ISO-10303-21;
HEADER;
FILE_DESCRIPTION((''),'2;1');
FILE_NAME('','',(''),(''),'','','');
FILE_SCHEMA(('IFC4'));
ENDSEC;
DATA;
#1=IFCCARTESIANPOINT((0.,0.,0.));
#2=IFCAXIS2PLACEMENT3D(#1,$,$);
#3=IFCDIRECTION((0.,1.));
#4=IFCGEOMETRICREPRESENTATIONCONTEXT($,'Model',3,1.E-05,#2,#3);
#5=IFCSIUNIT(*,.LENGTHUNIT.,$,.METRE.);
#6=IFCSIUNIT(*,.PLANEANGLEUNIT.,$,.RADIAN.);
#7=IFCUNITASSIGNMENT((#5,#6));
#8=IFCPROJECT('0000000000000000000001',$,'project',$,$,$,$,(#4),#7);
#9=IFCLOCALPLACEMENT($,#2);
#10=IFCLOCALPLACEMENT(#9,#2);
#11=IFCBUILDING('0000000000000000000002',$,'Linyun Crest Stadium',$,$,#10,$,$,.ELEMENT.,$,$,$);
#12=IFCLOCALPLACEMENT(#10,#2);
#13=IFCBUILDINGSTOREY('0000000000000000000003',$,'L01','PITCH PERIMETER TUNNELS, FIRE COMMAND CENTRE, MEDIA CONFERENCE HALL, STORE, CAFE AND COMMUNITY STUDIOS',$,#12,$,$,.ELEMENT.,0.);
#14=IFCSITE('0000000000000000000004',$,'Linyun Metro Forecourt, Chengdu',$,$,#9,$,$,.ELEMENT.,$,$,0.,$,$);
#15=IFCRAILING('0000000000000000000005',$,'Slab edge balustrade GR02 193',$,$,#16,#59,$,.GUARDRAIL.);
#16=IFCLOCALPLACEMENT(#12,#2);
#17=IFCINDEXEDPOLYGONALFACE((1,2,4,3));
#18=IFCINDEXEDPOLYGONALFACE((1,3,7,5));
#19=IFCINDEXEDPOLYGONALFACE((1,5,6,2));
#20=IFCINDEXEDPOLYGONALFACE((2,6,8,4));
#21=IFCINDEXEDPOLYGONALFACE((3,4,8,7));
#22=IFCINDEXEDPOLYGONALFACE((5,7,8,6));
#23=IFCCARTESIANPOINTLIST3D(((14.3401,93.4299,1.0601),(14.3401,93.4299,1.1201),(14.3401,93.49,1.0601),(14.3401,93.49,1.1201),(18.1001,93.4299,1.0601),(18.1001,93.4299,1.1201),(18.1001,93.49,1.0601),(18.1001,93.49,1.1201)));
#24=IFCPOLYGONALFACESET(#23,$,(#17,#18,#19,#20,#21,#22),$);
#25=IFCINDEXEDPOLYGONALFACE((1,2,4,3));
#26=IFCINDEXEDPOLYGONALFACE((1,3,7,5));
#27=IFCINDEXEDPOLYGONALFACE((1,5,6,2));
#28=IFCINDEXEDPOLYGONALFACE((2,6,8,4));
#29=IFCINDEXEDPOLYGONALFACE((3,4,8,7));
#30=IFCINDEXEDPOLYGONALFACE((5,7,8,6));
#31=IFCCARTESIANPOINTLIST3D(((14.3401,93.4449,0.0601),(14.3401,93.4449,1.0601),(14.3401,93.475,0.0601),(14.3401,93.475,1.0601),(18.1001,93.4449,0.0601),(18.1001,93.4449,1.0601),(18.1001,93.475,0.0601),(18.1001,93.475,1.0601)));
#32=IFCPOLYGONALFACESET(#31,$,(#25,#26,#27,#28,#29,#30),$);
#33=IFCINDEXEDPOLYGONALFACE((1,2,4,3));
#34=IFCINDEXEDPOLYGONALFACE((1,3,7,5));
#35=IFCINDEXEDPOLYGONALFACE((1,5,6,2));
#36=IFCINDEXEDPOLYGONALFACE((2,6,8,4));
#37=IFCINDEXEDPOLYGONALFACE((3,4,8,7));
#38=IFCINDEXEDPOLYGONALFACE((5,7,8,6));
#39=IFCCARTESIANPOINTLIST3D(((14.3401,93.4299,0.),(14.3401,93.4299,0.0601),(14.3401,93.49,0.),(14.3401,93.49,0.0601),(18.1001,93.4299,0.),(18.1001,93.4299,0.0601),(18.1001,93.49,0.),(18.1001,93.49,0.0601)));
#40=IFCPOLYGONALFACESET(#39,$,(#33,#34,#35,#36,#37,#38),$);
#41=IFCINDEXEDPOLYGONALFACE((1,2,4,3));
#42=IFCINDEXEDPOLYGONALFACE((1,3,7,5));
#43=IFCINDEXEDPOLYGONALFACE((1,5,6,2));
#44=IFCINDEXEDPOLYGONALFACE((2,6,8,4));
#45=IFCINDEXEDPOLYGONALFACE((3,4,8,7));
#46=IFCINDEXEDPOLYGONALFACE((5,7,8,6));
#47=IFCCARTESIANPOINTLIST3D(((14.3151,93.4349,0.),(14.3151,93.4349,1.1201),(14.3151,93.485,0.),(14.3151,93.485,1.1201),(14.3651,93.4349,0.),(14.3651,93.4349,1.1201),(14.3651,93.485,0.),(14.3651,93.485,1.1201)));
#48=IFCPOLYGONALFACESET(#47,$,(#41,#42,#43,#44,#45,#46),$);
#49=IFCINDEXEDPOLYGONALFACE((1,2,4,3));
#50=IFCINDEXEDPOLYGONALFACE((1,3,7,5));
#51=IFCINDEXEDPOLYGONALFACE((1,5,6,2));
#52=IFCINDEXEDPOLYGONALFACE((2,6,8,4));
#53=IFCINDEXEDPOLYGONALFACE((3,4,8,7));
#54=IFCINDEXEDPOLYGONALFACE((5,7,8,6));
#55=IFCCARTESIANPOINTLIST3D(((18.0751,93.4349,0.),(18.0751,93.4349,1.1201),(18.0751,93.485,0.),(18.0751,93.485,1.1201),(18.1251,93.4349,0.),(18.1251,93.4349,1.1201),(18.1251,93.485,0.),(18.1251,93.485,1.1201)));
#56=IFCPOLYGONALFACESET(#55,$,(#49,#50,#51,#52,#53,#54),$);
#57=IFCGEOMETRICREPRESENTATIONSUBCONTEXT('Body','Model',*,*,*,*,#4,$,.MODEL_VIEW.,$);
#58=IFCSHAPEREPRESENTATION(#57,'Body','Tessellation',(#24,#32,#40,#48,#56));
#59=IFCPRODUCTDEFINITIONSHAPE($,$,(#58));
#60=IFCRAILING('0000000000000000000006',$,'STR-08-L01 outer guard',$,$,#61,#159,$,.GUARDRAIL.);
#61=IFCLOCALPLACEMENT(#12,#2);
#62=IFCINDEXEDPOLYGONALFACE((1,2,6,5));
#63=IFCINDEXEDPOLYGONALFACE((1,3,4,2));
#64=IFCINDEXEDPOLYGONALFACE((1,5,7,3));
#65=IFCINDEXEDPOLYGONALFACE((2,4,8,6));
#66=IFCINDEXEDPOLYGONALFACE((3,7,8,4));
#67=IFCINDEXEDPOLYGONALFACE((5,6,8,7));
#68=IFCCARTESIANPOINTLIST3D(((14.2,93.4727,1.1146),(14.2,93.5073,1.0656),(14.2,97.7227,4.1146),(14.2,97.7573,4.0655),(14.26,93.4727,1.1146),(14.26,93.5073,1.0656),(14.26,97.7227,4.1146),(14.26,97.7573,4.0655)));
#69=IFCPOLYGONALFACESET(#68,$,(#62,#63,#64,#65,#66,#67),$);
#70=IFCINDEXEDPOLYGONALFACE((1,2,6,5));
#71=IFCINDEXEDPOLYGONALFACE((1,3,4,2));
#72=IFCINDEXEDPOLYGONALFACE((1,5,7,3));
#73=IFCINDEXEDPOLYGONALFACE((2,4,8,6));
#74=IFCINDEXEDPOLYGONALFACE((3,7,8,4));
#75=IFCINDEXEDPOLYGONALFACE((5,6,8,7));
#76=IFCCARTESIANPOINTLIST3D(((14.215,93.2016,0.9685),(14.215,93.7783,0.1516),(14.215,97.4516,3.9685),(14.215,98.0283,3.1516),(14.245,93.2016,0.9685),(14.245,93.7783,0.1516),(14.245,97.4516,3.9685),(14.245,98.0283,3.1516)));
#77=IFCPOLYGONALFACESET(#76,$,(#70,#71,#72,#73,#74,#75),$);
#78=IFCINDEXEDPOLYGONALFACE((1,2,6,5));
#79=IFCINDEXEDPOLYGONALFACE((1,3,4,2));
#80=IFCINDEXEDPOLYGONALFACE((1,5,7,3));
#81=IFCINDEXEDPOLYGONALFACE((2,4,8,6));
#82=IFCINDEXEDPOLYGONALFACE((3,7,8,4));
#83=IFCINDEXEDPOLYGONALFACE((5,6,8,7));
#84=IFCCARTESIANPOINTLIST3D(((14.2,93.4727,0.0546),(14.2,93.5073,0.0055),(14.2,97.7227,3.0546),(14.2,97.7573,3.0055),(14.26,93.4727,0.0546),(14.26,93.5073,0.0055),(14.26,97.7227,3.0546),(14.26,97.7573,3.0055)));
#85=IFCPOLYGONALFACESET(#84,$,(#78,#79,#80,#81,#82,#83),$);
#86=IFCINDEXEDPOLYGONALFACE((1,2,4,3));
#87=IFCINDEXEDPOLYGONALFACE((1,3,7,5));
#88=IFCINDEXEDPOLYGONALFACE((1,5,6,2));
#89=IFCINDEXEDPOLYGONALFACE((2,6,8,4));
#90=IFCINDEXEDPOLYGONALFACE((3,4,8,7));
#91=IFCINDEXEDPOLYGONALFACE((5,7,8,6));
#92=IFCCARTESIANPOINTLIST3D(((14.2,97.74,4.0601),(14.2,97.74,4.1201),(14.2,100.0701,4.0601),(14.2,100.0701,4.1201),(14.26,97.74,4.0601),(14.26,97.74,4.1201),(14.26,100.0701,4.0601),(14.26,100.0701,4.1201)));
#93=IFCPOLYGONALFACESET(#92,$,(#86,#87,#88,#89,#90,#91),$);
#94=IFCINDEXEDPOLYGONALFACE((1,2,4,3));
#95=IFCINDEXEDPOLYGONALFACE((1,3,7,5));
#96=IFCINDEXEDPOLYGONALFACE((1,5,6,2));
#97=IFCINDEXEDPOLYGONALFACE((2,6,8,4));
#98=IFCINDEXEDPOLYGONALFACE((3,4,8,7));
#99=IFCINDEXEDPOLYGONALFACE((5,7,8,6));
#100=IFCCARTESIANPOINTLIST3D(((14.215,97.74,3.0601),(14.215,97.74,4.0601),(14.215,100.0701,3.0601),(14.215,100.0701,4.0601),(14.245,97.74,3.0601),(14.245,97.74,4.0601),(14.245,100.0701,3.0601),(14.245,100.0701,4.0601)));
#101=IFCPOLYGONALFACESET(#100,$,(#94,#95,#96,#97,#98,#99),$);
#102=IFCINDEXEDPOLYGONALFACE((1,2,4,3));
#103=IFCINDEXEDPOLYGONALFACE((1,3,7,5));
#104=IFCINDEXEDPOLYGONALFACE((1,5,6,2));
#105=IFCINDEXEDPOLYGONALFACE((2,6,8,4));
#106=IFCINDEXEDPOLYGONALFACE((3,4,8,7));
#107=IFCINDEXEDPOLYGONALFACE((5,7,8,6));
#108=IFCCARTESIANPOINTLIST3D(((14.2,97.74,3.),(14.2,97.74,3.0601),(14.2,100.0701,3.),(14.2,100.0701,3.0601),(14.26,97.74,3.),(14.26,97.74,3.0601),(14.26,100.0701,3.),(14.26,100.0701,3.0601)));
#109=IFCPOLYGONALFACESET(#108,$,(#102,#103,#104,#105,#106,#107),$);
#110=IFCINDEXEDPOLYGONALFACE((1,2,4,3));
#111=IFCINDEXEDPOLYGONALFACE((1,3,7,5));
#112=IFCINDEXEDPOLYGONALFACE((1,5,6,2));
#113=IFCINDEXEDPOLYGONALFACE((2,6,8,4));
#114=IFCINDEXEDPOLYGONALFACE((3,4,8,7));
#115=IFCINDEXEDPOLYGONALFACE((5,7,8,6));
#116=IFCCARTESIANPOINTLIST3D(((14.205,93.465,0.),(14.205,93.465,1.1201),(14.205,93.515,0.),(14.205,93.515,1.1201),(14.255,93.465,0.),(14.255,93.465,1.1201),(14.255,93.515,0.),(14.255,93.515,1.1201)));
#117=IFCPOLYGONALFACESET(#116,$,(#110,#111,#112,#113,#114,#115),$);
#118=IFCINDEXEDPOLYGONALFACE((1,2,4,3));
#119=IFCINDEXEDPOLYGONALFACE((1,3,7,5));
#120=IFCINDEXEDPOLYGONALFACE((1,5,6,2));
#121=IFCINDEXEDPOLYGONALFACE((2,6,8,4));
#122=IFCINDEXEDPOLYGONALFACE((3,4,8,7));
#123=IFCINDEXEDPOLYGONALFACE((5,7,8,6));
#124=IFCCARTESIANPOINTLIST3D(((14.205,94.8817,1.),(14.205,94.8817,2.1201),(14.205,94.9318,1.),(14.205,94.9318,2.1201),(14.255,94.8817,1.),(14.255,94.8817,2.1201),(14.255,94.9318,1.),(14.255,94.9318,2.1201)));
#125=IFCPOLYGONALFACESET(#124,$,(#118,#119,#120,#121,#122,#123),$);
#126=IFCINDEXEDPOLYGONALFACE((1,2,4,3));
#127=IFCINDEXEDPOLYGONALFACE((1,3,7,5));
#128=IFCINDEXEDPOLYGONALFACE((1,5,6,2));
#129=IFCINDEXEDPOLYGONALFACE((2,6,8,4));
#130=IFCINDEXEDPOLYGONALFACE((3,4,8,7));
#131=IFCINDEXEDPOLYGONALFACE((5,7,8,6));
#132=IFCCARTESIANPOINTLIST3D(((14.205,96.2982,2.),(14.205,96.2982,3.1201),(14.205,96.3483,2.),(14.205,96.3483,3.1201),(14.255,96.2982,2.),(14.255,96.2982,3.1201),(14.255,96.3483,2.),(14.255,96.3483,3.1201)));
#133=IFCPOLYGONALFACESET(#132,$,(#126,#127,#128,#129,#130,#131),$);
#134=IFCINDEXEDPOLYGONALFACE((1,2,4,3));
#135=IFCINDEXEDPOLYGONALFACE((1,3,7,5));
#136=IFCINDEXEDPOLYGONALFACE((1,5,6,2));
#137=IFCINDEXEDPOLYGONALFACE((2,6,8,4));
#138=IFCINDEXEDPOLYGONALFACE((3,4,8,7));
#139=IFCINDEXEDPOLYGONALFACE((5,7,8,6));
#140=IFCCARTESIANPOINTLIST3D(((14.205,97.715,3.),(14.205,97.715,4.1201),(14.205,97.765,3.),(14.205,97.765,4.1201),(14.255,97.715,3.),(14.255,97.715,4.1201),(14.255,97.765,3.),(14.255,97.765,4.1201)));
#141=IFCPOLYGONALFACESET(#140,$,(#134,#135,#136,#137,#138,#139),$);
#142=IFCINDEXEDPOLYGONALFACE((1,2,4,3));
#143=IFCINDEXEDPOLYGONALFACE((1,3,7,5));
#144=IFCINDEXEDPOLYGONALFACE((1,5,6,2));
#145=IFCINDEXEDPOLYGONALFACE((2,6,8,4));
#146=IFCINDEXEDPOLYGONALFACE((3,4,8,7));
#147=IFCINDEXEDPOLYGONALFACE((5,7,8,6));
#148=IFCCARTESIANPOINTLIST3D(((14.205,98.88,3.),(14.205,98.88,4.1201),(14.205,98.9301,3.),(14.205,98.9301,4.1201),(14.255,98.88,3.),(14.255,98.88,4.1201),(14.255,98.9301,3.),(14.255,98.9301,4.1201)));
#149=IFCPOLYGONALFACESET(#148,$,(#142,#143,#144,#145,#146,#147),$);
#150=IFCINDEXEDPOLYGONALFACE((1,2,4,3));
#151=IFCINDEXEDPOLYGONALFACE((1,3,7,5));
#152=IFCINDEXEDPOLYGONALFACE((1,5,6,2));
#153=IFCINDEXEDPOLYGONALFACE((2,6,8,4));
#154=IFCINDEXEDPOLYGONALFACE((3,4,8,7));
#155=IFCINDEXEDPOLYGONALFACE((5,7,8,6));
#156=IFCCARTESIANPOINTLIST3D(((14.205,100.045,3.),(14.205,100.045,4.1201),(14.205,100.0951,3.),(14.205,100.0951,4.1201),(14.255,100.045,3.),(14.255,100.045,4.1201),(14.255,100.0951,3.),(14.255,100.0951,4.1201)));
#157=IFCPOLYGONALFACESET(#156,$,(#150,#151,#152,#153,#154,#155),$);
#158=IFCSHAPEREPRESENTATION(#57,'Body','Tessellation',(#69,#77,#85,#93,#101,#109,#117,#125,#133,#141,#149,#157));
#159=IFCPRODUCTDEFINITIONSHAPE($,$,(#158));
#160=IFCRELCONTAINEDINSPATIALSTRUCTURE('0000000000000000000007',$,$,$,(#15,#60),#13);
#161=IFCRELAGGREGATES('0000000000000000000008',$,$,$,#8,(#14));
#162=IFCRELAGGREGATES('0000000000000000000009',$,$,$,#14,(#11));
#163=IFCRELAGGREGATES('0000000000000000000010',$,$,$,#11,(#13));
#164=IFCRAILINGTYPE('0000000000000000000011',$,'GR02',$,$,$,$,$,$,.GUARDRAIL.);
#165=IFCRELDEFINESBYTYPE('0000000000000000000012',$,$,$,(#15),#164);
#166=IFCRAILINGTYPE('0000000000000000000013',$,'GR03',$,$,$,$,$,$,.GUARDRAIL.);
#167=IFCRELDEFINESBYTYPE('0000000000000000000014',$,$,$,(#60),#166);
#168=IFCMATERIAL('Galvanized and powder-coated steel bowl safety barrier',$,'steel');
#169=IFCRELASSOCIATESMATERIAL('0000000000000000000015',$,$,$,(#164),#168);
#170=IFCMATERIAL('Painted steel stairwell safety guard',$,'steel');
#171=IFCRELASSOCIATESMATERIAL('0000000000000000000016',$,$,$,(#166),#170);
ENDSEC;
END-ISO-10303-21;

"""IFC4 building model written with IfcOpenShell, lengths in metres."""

from ifc_helpers import new_model, si_unit, direction, frame, origin, origin_2d, place, context, subcontext, project, spatial, rectangle, extrude, material, type_object, element, save


model = new_model("IFC4")

# Units and contexts
model_context = context("Model", 3, precision=1e-05, world=origin(), true_north=direction((0.0, 1.0)))
body_context = subcontext(model_context, "Body", "Model", "MODEL_VIEW")
ifc_project = project(units=[si_unit("LENGTHUNIT", "METRE"), si_unit("PLANEANGLEUNIT", "RADIAN")], contexts=[model_context])

# Site, building, storey
site_placement = place(None, origin())
site = spatial("IfcSite", under=ifc_project, at=site_placement, Name="Linyun Metro Forecourt, Chengdu", CompositionType="ELEMENT", RefElevation=0.0)
building_placement = place(site_placement, origin())
building = spatial("IfcBuilding", under=site, at=building_placement, Name="Linyun Crest Stadium", CompositionType="ELEMENT")
storey_placement = place(building_placement, origin())
storey = spatial("IfcBuildingStorey", under=building, at=storey_placement, Name="L01", Description="PITCH PERIMETER TUNNELS, FIRE COMMAND CENTRE, MEDIA CONFERENCE HALL, STORE, CAFE AND COMMUNITY STUDIOS", CompositionType="ELEMENT", Elevation=0.0)

# Railings
ifc_material_1 = material(Name="Galvanized and powder-coated steel bowl safety barrier", Category="steel")
railing_type_1 = type_object("IfcRailingType", Name="GR02", PredefinedType="GUARDRAIL", material=ifc_material_1)
railing_1_placement = place(storey_placement, frame((14.3401, 93.46, 0.0)))
element("IfcRailing", 1, at=railing_1_placement, inside=storey, type_object=railing_type_1, Name="Slab edge balustrade GR02 193", PredefinedType="GUARDRAIL", context=body_context, shape_type="SweptSolid", body=[
    extrude(rectangle(XDim=0.0601, YDim=0.0601, at=origin_2d()), frame((0.0, 0.0, 1.0901), z_axis=(1.0, 0.0, 0.0), x_axis=(0.0, 1.0, 0.0)), (0.0, 0.0, 1.0), 3.76),
    extrude(rectangle(XDim=0.03, YDim=1.0, at=origin_2d()), frame((0.0, 0.0, 0.5601), z_axis=(1.0, 0.0, 0.0), x_axis=(0.0, 1.0, 0.0)), (0.0, 0.0, 1.0), 3.76),
    extrude(rectangle(XDim=0.0601, YDim=0.0601, at=origin_2d()), frame((0.0, 0.0, 0.03), z_axis=(1.0, 0.0, 0.0), x_axis=(0.0, 1.0, 0.0)), (0.0, 0.0, 1.0), 3.76),
    extrude(rectangle(XDim=0.05, YDim=0.05, at=origin_2d()), origin(), (0.0, 0.0, 1.0), 1.1201),
    extrude(rectangle(XDim=0.05, YDim=0.05, at=origin_2d()), frame((3.76, 0.0, 0.0)), (0.0, 0.0, 1.0), 1.1201),
])
ifc_material_2 = material(Name="Painted steel stairwell safety guard", Category="steel")
railing_type_2 = type_object("IfcRailingType", Name="GR03", PredefinedType="GUARDRAIL", material=ifc_material_2)
railing_2_placement = place(storey_placement, frame((14.23, 93.49, 0.0)))
element("IfcRailing", 2, at=railing_2_placement, inside=storey, type_object=railing_type_2, Name="STR-08-L01 outer guard", PredefinedType="GUARDRAIL", context=body_context, shape_type="SweptSolid", body=[
    extrude(rectangle(XDim=0.0601, YDim=0.0601, at=origin_2d()), frame((0.0, 0.0, 1.0901), z_axis=(0.0, 0.816968, 0.576683), x_axis=(-1.0, 0.0, 0.0)), (0.0, 0.0, 1.0), 5.2021),
    extrude(rectangle(XDim=0.03, YDim=1.0, at=origin_2d()), frame((0.0, 0.0, 0.5601), z_axis=(0.0, 0.816968, 0.576683), x_axis=(-1.0, 0.0, 0.0)), (0.0, 0.0, 1.0), 5.2021),
    extrude(rectangle(XDim=0.0601, YDim=0.0601, at=origin_2d()), frame((0.0, 0.0, 0.03), z_axis=(0.0, 0.816968, 0.576683), x_axis=(-1.0, 0.0, 0.0)), (0.0, 0.0, 1.0), 5.2021),
    extrude(rectangle(XDim=0.0601, YDim=0.0601, at=origin_2d()), frame((0.0, 4.25, 4.0901), z_axis=(0.0, 1.0, 0.0), x_axis=(-1.0, 0.0, 0.0)), (0.0, 0.0, 1.0), 2.3301),
    extrude(rectangle(XDim=0.03, YDim=1.0, at=origin_2d()), frame((0.0, 4.25, 3.5601), z_axis=(0.0, 1.0, 0.0), x_axis=(-1.0, 0.0, 0.0)), (0.0, 0.0, 1.0), 2.3301),
    extrude(rectangle(XDim=0.0601, YDim=0.0601, at=origin_2d()), frame((0.0, 4.25, 3.03), z_axis=(0.0, 1.0, 0.0), x_axis=(-1.0, 0.0, 0.0)), (0.0, 0.0, 1.0), 2.3301),
    extrude(rectangle(XDim=0.05, YDim=0.05, at=origin_2d()), origin(), (0.0, 0.0, 1.0), 1.1201),
    extrude(rectangle(XDim=0.05, YDim=0.05, at=origin_2d()), frame((0.0, 1.4167, 1.0)), (0.0, 0.0, 1.0), 1.1201),
    extrude(rectangle(XDim=0.05, YDim=0.05, at=origin_2d()), frame((0.0, 2.8333, 2.0)), (0.0, 0.0, 1.0), 1.1201),
    extrude(rectangle(XDim=0.05, YDim=0.05, at=origin_2d()), frame((0.0, 4.25, 3.0)), (0.0, 0.0, 1.0), 1.1201),
    extrude(rectangle(XDim=0.05, YDim=0.05, at=origin_2d()), frame((0.0, 5.415, 3.0)), (0.0, 0.0, 1.0), 1.1201),
    extrude(rectangle(XDim=0.05, YDim=0.05, at=origin_2d()), frame((0.0, 6.5801, 3.0)), (0.0, 0.0, 1.0), 1.1201),
])

save(model, "model.ifc")
